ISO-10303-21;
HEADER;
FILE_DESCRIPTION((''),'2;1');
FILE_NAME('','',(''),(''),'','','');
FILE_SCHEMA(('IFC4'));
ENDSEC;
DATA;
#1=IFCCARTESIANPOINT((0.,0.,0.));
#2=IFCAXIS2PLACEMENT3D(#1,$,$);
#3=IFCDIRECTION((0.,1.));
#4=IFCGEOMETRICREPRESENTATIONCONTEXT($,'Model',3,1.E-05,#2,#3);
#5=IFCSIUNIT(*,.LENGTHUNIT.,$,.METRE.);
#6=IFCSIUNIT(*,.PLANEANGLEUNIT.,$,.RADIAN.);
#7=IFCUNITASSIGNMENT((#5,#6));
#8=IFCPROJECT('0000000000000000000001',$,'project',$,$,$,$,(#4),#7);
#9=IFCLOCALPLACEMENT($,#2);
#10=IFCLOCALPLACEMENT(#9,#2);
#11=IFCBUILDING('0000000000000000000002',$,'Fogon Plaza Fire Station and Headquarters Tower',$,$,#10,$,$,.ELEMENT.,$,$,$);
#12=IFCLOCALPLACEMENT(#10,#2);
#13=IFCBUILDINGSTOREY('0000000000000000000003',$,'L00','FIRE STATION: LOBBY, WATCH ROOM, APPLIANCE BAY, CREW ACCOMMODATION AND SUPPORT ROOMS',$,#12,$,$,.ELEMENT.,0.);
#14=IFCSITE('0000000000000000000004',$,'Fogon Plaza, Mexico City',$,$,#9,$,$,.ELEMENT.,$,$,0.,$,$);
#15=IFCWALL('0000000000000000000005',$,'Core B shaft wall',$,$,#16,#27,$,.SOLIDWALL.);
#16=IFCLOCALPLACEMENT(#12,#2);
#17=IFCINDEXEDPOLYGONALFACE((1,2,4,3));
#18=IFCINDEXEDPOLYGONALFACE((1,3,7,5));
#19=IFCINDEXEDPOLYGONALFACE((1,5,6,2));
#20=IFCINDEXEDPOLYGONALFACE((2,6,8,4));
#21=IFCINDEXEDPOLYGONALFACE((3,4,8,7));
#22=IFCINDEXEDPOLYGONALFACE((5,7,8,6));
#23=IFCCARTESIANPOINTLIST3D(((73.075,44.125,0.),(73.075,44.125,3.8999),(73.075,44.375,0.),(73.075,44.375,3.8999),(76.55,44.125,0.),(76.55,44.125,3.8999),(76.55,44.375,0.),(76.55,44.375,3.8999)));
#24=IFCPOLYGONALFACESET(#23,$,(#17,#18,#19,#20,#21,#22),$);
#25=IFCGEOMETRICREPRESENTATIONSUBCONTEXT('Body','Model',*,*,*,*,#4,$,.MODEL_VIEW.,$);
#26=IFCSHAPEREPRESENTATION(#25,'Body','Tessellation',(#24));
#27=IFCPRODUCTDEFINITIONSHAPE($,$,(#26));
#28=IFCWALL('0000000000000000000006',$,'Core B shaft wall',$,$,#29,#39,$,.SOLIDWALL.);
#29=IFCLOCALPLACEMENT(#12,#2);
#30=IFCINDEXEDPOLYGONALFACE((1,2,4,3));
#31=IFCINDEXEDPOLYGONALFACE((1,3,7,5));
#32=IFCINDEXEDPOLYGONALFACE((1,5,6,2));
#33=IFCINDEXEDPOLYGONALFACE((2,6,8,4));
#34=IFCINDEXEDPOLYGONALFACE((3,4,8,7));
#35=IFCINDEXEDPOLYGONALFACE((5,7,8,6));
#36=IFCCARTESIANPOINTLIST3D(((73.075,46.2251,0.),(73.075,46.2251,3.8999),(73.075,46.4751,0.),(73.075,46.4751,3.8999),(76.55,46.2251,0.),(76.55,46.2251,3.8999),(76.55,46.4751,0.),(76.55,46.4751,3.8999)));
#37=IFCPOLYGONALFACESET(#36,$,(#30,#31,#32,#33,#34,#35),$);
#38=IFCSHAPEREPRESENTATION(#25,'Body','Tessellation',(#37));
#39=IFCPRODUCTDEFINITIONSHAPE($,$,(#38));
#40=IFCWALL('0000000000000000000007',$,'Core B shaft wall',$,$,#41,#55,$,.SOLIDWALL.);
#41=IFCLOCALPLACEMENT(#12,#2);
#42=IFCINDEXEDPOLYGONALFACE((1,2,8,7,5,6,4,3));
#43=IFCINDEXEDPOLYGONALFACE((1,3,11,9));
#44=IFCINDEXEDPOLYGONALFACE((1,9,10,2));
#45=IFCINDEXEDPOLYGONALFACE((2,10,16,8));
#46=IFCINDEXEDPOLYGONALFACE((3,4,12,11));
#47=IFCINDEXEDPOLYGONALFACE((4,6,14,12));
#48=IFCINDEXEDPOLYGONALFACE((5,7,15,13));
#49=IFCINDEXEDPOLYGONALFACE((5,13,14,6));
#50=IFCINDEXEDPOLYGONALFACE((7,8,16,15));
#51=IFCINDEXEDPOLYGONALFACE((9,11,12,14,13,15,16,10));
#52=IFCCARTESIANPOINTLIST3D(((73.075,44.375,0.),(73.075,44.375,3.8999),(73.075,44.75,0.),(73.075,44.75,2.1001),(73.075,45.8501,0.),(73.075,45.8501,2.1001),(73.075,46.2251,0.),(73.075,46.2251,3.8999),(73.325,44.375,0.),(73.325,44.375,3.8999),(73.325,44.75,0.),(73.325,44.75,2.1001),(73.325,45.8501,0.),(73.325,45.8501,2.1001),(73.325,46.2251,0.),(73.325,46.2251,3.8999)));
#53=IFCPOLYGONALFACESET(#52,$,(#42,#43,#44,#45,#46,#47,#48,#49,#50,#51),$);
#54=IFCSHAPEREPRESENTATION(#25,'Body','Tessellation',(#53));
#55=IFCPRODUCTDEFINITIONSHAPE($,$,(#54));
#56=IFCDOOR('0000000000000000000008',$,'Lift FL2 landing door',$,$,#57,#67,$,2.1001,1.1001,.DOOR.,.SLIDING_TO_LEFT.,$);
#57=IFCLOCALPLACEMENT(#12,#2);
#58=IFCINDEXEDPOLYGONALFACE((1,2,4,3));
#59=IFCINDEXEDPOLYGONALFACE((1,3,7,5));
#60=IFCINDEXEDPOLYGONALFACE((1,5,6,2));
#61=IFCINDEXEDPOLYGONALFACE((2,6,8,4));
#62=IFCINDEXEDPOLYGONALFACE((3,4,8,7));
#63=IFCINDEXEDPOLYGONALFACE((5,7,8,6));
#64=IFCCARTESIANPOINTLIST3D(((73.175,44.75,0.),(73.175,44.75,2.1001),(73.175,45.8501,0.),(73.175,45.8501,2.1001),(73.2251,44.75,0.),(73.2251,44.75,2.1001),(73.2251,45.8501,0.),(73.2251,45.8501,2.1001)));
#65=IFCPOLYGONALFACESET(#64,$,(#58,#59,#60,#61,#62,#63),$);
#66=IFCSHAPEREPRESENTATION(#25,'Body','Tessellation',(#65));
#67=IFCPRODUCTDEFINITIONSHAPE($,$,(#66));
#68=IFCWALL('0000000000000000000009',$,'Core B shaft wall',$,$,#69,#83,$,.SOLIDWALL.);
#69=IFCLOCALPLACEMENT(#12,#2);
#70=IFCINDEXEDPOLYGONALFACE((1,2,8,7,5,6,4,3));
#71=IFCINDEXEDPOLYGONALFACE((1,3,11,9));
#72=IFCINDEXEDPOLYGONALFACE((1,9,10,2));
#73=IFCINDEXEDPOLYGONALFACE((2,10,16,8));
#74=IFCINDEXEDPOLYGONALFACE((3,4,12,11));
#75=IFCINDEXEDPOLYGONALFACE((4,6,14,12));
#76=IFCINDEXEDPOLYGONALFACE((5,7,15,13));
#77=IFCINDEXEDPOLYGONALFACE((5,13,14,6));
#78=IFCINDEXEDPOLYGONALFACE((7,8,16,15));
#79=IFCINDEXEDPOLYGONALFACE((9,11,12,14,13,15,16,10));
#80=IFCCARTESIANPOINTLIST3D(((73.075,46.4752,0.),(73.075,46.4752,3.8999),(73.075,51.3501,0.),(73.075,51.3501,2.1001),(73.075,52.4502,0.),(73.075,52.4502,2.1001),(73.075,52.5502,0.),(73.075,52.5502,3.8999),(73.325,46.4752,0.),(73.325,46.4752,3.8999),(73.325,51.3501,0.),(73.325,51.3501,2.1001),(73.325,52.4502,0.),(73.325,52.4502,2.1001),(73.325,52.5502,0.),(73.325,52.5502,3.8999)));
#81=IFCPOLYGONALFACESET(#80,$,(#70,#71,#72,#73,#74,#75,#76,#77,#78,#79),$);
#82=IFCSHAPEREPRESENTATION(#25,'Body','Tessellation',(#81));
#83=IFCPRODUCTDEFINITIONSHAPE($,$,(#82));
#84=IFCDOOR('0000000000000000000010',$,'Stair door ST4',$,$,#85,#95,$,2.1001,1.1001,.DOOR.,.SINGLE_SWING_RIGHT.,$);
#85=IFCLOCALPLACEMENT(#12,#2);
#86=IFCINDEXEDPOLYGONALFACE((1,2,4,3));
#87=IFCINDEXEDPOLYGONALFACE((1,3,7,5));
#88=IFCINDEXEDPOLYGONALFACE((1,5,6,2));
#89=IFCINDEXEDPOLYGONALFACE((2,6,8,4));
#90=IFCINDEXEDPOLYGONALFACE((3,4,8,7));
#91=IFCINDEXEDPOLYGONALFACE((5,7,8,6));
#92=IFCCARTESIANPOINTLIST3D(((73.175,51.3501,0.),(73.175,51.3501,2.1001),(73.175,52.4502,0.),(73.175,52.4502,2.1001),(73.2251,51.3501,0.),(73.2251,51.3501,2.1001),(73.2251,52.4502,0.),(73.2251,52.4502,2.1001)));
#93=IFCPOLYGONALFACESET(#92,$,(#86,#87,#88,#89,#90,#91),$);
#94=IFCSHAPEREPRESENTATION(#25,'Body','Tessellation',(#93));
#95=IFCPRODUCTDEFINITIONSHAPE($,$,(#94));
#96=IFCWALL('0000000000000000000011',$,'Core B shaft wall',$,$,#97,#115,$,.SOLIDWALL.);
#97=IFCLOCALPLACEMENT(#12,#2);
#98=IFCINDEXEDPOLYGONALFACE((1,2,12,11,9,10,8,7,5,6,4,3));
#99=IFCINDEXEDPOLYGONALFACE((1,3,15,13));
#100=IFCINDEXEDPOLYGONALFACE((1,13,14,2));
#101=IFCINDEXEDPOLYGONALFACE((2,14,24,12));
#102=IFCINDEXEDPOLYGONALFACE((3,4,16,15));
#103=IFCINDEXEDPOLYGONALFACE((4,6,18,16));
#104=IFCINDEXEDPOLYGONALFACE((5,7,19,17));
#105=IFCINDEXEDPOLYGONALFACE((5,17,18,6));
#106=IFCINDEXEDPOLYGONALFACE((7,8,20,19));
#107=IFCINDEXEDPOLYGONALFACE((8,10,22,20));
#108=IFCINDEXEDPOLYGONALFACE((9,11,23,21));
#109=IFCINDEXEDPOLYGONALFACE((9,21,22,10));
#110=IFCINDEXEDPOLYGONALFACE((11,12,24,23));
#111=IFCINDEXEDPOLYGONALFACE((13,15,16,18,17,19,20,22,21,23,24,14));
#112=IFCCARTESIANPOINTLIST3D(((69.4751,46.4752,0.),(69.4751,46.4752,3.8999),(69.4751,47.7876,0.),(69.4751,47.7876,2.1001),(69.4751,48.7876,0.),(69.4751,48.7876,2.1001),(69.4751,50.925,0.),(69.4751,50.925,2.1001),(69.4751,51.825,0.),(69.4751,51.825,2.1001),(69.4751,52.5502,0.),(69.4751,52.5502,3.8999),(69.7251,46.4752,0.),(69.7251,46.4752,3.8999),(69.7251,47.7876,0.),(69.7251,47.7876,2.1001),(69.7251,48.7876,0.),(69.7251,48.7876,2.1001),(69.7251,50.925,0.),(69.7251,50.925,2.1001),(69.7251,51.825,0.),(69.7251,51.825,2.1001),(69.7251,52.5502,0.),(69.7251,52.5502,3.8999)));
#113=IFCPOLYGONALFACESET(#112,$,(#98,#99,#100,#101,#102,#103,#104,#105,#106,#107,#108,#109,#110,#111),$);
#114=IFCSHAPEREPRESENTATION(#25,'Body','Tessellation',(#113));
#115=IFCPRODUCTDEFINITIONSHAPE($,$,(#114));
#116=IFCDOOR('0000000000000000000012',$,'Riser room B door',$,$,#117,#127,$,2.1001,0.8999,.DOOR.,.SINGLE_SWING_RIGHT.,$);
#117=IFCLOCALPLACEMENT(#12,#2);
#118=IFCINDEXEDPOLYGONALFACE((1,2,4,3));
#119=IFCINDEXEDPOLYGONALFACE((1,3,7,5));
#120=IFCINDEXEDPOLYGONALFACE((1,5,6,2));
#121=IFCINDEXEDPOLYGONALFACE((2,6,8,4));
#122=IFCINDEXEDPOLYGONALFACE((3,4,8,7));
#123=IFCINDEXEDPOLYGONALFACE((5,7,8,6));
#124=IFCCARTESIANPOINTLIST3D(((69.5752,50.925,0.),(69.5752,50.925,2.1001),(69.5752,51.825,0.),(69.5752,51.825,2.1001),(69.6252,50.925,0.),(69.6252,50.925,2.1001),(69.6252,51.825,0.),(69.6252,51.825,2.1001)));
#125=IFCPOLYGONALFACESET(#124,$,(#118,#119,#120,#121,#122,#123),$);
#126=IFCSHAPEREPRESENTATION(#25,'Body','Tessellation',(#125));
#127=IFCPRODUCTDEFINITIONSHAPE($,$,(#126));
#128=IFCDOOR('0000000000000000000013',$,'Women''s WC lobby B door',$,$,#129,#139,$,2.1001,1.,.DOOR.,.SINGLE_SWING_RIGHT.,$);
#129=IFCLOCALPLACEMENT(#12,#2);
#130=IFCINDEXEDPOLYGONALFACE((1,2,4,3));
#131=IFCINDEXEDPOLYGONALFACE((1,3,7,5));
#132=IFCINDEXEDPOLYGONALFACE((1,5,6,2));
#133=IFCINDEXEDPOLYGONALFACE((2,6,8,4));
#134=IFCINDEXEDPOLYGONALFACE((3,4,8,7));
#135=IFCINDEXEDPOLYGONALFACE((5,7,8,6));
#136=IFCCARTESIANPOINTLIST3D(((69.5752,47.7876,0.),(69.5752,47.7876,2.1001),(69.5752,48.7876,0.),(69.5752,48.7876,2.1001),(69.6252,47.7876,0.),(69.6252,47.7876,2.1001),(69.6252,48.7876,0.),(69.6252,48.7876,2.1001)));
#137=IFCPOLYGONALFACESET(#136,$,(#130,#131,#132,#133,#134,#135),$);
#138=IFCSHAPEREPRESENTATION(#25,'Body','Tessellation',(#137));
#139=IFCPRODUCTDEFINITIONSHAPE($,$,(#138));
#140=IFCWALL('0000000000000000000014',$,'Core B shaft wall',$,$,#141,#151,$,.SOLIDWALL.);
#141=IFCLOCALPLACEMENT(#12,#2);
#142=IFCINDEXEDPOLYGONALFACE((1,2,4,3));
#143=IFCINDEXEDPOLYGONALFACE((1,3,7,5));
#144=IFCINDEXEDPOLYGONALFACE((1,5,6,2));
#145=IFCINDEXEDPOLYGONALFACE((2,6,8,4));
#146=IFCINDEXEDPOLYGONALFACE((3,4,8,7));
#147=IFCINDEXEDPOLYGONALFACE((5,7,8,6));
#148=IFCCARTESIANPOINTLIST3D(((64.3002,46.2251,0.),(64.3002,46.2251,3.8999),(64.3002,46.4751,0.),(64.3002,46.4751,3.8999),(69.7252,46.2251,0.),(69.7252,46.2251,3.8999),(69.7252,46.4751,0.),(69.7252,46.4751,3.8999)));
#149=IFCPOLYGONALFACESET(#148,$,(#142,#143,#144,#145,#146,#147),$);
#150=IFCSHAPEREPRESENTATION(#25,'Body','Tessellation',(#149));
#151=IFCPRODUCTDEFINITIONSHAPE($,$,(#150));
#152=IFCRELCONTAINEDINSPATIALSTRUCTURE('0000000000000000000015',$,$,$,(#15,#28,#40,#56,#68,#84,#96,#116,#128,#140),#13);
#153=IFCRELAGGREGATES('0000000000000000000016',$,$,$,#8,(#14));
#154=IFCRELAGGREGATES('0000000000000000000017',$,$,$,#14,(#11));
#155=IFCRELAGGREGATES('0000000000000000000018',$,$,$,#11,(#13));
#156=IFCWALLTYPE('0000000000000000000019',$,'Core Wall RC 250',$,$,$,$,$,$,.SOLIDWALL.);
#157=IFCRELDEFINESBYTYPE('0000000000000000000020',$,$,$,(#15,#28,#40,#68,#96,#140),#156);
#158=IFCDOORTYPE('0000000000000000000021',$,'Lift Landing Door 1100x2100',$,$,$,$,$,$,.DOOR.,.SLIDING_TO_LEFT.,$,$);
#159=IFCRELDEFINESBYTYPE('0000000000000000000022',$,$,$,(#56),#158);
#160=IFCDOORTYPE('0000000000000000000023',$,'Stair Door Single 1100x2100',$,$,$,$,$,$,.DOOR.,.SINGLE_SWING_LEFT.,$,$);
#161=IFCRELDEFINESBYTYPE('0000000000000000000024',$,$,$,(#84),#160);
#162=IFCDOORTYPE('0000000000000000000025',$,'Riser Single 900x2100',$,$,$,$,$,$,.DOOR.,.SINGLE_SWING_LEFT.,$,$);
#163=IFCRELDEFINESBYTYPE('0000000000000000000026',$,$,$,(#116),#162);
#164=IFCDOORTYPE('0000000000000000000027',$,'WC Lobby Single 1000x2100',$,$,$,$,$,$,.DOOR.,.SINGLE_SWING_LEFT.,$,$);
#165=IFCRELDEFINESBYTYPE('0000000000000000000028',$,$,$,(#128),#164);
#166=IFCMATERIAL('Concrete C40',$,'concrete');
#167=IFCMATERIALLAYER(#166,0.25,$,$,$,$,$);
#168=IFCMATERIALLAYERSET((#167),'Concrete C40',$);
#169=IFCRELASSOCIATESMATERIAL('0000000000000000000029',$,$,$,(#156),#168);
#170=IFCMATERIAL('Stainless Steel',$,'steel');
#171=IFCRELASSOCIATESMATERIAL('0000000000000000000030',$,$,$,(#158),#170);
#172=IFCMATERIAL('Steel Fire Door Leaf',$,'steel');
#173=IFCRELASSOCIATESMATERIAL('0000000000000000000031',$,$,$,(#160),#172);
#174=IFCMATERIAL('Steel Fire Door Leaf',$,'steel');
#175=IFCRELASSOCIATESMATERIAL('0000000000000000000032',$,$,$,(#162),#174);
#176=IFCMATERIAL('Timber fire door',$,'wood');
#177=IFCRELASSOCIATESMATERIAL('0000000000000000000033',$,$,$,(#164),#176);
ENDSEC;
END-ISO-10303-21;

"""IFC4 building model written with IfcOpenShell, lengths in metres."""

from ifc_helpers import new_model, si_unit, direction, frame, frame_2d, origin, place, context, subcontext, project, spatial, rectangle, extrude, material, layer, layer_set, type_object, element, fill, save


model = new_model("IFC4")

# Units and contexts
model_context = context("Model", 3, precision=1e-05, world=origin(), true_north=direction((0.0, 1.0)))
body_context = subcontext(model_context, "Body", "Model", "MODEL_VIEW")
ifc_project = project(units=[si_unit("LENGTHUNIT", "METRE"), si_unit("PLANEANGLEUNIT", "RADIAN")], contexts=[model_context])

# Site, building, storey
site_placement = place(None, origin())
site = spatial("IfcSite", under=ifc_project, at=site_placement, Name="Fogon Plaza, Mexico City", CompositionType="ELEMENT", RefElevation=0.0)
building_placement = place(site_placement, origin())
building = spatial("IfcBuilding", under=site, at=building_placement, Name="Fogon Plaza Fire Station and Headquarters Tower", CompositionType="ELEMENT")
storey_placement = place(building_placement, origin())
storey = spatial("IfcBuildingStorey", under=building, at=storey_placement, Name="L00", Description="FIRE STATION: LOBBY, WATCH ROOM, APPLIANCE BAY, CREW ACCOMMODATION AND SUPPORT ROOMS", CompositionType="ELEMENT", Elevation=0.0)

# Walls
ifc_material_1 = material(Name="Concrete C40", Category="concrete")
ifc_layer_1 = layer(ifc_material_1, 0.25)
ifc_layer_set_1 = layer_set([ifc_layer_1], Name="Concrete C40")
wall_type_1 = type_object("IfcWallType", Name="Core Wall RC 250", PredefinedType="SOLIDWALL", material=ifc_layer_set_1)
for number, where, z_axis, x_axis, name in (
    (1, (76.55, 44.25, 0.0), (0.0, 0.0, 1.0), (-1.0, 0.0, 0.0), "Core B shaft wall"),
    (2, (76.55, 46.3501, 0.0), (0.0, 0.0, 1.0), (-1.0, 0.0, 0.0), "Core B shaft wall"),
):
    element("IfcWall", number, at=place(storey_placement, frame(where, z_axis=z_axis, x_axis=x_axis)), inside=storey, type_object=wall_type_1, Name=name, PredefinedType="SOLIDWALL", context=body_context, shape_type="SweptSolid", body=[
        extrude(rectangle(XDim=3.4751, YDim=0.25, at=frame_2d((1.7375, 0.0))), origin(), (0.0, 0.0, 1.0), 3.8999),
    ])

# Walls, openings, doors
wall_1_placement = place(storey_placement, frame((73.2, 44.375, 0.0), z_axis=(0.0, 0.0, 1.0), x_axis=(0.0, 1.0, 0.0)))
wall_1 = element("IfcWall", 3, at=wall_1_placement, inside=storey, type_object=wall_type_1, Name="Core B shaft wall", PredefinedType="SOLIDWALL", context=body_context, shape_type="SweptSolid", body=[
    extrude(rectangle(XDim=1.8501, YDim=0.25, at=frame_2d((0.925, 0.0))), origin(), (0.0, 0.0, 1.0), 3.8999),
])
opening_1_placement = place(wall_1_placement, frame((0.375, 0.0, 0.0)))
opening_1 = element("IfcOpeningElement", 4, at=opening_1_placement, cuts=wall_1, PredefinedType="OPENING", context=body_context, shape_type="SweptSolid", body=[
    extrude(rectangle(XDim=1.1001, YDim=2.1001, at=frame_2d((0.55, 1.05))), frame((0.0, 0.135, 0.0), z_axis=(0.0, -1.0, 0.0), x_axis=(1.0, 0.0, 0.0)), (0.0, 0.0, 1.0), 0.27),
])
ifc_material_2 = material(Name="Stainless Steel", Category="steel")
door_type_1 = type_object("IfcDoorType", Name="Lift Landing Door 1100x2100", OperationType="SLIDING_TO_LEFT", PredefinedType="DOOR", material=ifc_material_2)
door_1_placement = place(opening_1_placement, origin())
door_1 = element("IfcDoor", 5, at=door_1_placement, inside=storey, type_object=door_type_1, Name="Lift FL2 landing door", OperationType="SLIDING_TO_LEFT", OverallHeight=2.1001, OverallWidth=1.1001, PredefinedType="DOOR", context=body_context, shape_type="SweptSolid", body=[
    extrude(rectangle(XDim=1.1001, YDim=2.1001, at=frame_2d((0.55, 1.05))), frame((0.0, 0.0249, 0.0), z_axis=(0.0, -1.0, 0.0), x_axis=(1.0, 0.0, 0.0)), (0.0, 0.0, 1.0), 0.05),
])
fill(opening_1, door_1)
wall_2_placement = place(storey_placement, frame((73.2, 46.4751, 0.0), z_axis=(0.0, 0.0, 1.0), x_axis=(0.0, 1.0, 0.0)))
wall_2 = element("IfcWall", 6, at=wall_2_placement, inside=storey, type_object=wall_type_1, Name="Core B shaft wall", PredefinedType="SOLIDWALL", context=body_context, shape_type="SweptSolid", body=[
    extrude(rectangle(XDim=6.075, YDim=0.25, at=frame_2d((3.0376, 0.0))), origin(), (0.0, 0.0, 1.0), 3.8999),
])
opening_2_placement = place(wall_2_placement, frame((4.875, 0.0, 0.0)))
opening_2 = element("IfcOpeningElement", 7, at=opening_2_placement, cuts=wall_2, PredefinedType="OPENING", context=body_context, shape_type="SweptSolid", body=[
    extrude(rectangle(XDim=1.1001, YDim=2.1001, at=frame_2d((0.55, 1.05))), frame((0.0, 0.135, 0.0), z_axis=(0.0, -1.0, 0.0), x_axis=(1.0, 0.0, 0.0)), (0.0, 0.0, 1.0), 0.27),
])
ifc_material_3 = material(Name="Steel Fire Door Leaf", Category="steel")
door_type_2 = type_object("IfcDoorType", Name="Stair Door Single 1100x2100", OperationType="SINGLE_SWING_LEFT", PredefinedType="DOOR", material=ifc_material_3)
door_2_placement = place(opening_2_placement, origin())
door_2 = element("IfcDoor", 8, at=door_2_placement, inside=storey, type_object=door_type_2, Name="Stair door ST4", OperationType="SINGLE_SWING_RIGHT", OverallHeight=2.1001, OverallWidth=1.1001, PredefinedType="DOOR", context=body_context, shape_type="SweptSolid", body=[
    extrude(rectangle(XDim=1.1001, YDim=2.1001, at=frame_2d((0.55, 1.05))), frame((0.0, 0.0249, 0.0), z_axis=(0.0, -1.0, 0.0), x_axis=(1.0, 0.0, 0.0)), (0.0, 0.0, 1.0), 0.05),
])
fill(opening_2, door_2)

# Wall, openings, doors
wall_3_placement = place(storey_placement, frame((69.6001, 46.4751, 0.0), z_axis=(0.0, 0.0, 1.0), x_axis=(0.0, 1.0, 0.0)))
wall_3 = element("IfcWall", 9, at=wall_3_placement, inside=storey, type_object=wall_type_1, Name="Core B shaft wall", PredefinedType="SOLIDWALL", context=body_context, shape_type="SweptSolid", body=[
    extrude(rectangle(XDim=6.075, YDim=0.25, at=frame_2d((3.0376, 0.0))), origin(), (0.0, 0.0, 1.0), 3.8999),
])
opening_3_placement = place(wall_3_placement, frame((1.3125, 0.0, 0.0)))
opening_3 = element("IfcOpeningElement", 10, at=opening_3_placement, cuts=wall_3, PredefinedType="OPENING", context=body_context, shape_type="SweptSolid", body=[
    extrude(rectangle(XDim=1.0, YDim=2.1001, at=frame_2d((0.5, 1.05))), frame((0.0, 0.135, 0.0), z_axis=(0.0, -1.0, 0.0), x_axis=(1.0, 0.0, 0.0)), (0.0, 0.0, 1.0), 0.27),
])
opening_4_placement = place(wall_3_placement, frame((4.45, 0.0, 0.0)))
opening_4 = element("IfcOpeningElement", 11, at=opening_4_placement, cuts=wall_3, PredefinedType="OPENING", context=body_context, shape_type="SweptSolid", body=[
    extrude(rectangle(XDim=0.8999, YDim=2.1001, at=frame_2d((0.45, 1.05))), frame((0.0, 0.135, 0.0), z_axis=(0.0, -1.0, 0.0), x_axis=(1.0, 0.0, 0.0)), (0.0, 0.0, 1.0), 0.27),
])
ifc_material_4 = material(Name="Steel Fire Door Leaf", Category="steel")
door_type_3 = type_object("IfcDoorType", Name="Riser Single 900x2100", OperationType="SINGLE_SWING_LEFT", PredefinedType="DOOR", material=ifc_material_4)
door_3_placement = place(opening_4_placement, origin())
door_3 = element("IfcDoor", 12, at=door_3_placement, inside=storey, type_object=door_type_3, Name="Riser room B door", OperationType="SINGLE_SWING_RIGHT", OverallHeight=2.1001, OverallWidth=0.8999, PredefinedType="DOOR", context=body_context, shape_type="SweptSolid", body=[
    extrude(rectangle(XDim=0.8999, YDim=2.1001, at=frame_2d((0.45, 1.05))), frame((0.0, 0.0249, 0.0), z_axis=(0.0, -1.0, 0.0), x_axis=(1.0, 0.0, 0.0)), (0.0, 0.0, 1.0), 0.05),
])
fill(opening_4, door_3)
ifc_material_5 = material(Name="Timber fire door", Category="wood")
door_type_4 = type_object("IfcDoorType", Name="WC Lobby Single 1000x2100", OperationType="SINGLE_SWING_LEFT", PredefinedType="DOOR", material=ifc_material_5)
door_4_placement = place(opening_3_placement, origin())
door_4 = element("IfcDoor", 13, at=door_4_placement, inside=storey, type_object=door_type_4, Name="Women's WC lobby B door", OperationType="SINGLE_SWING_RIGHT", OverallHeight=2.1001, OverallWidth=1.0, PredefinedType="DOOR", context=body_context, shape_type="SweptSolid", body=[
    extrude(rectangle(XDim=1.0, YDim=2.1001, at=frame_2d((0.5, 1.05))), frame((0.0, 0.0249, 0.0), z_axis=(0.0, -1.0, 0.0), x_axis=(1.0, 0.0, 0.0)), (0.0, 0.0, 1.0), 0.05),
])
fill(opening_3, door_4)

# Wall
wall_4_placement = place(storey_placement, frame((69.7251, 46.3501, 0.0), z_axis=(0.0, 0.0, 1.0), x_axis=(-1.0, 0.0, 0.0)))
element("IfcWall", 14, at=wall_4_placement, inside=storey, type_object=wall_type_1, Name="Core B shaft wall", PredefinedType="SOLIDWALL", context=body_context, shape_type="SweptSolid", body=[
    extrude(rectangle(XDim=5.425, YDim=0.25, at=frame_2d((2.7124, 0.0))), origin(), (0.0, 0.0, 1.0), 3.8999),
])

save(model, "model.ifc")
